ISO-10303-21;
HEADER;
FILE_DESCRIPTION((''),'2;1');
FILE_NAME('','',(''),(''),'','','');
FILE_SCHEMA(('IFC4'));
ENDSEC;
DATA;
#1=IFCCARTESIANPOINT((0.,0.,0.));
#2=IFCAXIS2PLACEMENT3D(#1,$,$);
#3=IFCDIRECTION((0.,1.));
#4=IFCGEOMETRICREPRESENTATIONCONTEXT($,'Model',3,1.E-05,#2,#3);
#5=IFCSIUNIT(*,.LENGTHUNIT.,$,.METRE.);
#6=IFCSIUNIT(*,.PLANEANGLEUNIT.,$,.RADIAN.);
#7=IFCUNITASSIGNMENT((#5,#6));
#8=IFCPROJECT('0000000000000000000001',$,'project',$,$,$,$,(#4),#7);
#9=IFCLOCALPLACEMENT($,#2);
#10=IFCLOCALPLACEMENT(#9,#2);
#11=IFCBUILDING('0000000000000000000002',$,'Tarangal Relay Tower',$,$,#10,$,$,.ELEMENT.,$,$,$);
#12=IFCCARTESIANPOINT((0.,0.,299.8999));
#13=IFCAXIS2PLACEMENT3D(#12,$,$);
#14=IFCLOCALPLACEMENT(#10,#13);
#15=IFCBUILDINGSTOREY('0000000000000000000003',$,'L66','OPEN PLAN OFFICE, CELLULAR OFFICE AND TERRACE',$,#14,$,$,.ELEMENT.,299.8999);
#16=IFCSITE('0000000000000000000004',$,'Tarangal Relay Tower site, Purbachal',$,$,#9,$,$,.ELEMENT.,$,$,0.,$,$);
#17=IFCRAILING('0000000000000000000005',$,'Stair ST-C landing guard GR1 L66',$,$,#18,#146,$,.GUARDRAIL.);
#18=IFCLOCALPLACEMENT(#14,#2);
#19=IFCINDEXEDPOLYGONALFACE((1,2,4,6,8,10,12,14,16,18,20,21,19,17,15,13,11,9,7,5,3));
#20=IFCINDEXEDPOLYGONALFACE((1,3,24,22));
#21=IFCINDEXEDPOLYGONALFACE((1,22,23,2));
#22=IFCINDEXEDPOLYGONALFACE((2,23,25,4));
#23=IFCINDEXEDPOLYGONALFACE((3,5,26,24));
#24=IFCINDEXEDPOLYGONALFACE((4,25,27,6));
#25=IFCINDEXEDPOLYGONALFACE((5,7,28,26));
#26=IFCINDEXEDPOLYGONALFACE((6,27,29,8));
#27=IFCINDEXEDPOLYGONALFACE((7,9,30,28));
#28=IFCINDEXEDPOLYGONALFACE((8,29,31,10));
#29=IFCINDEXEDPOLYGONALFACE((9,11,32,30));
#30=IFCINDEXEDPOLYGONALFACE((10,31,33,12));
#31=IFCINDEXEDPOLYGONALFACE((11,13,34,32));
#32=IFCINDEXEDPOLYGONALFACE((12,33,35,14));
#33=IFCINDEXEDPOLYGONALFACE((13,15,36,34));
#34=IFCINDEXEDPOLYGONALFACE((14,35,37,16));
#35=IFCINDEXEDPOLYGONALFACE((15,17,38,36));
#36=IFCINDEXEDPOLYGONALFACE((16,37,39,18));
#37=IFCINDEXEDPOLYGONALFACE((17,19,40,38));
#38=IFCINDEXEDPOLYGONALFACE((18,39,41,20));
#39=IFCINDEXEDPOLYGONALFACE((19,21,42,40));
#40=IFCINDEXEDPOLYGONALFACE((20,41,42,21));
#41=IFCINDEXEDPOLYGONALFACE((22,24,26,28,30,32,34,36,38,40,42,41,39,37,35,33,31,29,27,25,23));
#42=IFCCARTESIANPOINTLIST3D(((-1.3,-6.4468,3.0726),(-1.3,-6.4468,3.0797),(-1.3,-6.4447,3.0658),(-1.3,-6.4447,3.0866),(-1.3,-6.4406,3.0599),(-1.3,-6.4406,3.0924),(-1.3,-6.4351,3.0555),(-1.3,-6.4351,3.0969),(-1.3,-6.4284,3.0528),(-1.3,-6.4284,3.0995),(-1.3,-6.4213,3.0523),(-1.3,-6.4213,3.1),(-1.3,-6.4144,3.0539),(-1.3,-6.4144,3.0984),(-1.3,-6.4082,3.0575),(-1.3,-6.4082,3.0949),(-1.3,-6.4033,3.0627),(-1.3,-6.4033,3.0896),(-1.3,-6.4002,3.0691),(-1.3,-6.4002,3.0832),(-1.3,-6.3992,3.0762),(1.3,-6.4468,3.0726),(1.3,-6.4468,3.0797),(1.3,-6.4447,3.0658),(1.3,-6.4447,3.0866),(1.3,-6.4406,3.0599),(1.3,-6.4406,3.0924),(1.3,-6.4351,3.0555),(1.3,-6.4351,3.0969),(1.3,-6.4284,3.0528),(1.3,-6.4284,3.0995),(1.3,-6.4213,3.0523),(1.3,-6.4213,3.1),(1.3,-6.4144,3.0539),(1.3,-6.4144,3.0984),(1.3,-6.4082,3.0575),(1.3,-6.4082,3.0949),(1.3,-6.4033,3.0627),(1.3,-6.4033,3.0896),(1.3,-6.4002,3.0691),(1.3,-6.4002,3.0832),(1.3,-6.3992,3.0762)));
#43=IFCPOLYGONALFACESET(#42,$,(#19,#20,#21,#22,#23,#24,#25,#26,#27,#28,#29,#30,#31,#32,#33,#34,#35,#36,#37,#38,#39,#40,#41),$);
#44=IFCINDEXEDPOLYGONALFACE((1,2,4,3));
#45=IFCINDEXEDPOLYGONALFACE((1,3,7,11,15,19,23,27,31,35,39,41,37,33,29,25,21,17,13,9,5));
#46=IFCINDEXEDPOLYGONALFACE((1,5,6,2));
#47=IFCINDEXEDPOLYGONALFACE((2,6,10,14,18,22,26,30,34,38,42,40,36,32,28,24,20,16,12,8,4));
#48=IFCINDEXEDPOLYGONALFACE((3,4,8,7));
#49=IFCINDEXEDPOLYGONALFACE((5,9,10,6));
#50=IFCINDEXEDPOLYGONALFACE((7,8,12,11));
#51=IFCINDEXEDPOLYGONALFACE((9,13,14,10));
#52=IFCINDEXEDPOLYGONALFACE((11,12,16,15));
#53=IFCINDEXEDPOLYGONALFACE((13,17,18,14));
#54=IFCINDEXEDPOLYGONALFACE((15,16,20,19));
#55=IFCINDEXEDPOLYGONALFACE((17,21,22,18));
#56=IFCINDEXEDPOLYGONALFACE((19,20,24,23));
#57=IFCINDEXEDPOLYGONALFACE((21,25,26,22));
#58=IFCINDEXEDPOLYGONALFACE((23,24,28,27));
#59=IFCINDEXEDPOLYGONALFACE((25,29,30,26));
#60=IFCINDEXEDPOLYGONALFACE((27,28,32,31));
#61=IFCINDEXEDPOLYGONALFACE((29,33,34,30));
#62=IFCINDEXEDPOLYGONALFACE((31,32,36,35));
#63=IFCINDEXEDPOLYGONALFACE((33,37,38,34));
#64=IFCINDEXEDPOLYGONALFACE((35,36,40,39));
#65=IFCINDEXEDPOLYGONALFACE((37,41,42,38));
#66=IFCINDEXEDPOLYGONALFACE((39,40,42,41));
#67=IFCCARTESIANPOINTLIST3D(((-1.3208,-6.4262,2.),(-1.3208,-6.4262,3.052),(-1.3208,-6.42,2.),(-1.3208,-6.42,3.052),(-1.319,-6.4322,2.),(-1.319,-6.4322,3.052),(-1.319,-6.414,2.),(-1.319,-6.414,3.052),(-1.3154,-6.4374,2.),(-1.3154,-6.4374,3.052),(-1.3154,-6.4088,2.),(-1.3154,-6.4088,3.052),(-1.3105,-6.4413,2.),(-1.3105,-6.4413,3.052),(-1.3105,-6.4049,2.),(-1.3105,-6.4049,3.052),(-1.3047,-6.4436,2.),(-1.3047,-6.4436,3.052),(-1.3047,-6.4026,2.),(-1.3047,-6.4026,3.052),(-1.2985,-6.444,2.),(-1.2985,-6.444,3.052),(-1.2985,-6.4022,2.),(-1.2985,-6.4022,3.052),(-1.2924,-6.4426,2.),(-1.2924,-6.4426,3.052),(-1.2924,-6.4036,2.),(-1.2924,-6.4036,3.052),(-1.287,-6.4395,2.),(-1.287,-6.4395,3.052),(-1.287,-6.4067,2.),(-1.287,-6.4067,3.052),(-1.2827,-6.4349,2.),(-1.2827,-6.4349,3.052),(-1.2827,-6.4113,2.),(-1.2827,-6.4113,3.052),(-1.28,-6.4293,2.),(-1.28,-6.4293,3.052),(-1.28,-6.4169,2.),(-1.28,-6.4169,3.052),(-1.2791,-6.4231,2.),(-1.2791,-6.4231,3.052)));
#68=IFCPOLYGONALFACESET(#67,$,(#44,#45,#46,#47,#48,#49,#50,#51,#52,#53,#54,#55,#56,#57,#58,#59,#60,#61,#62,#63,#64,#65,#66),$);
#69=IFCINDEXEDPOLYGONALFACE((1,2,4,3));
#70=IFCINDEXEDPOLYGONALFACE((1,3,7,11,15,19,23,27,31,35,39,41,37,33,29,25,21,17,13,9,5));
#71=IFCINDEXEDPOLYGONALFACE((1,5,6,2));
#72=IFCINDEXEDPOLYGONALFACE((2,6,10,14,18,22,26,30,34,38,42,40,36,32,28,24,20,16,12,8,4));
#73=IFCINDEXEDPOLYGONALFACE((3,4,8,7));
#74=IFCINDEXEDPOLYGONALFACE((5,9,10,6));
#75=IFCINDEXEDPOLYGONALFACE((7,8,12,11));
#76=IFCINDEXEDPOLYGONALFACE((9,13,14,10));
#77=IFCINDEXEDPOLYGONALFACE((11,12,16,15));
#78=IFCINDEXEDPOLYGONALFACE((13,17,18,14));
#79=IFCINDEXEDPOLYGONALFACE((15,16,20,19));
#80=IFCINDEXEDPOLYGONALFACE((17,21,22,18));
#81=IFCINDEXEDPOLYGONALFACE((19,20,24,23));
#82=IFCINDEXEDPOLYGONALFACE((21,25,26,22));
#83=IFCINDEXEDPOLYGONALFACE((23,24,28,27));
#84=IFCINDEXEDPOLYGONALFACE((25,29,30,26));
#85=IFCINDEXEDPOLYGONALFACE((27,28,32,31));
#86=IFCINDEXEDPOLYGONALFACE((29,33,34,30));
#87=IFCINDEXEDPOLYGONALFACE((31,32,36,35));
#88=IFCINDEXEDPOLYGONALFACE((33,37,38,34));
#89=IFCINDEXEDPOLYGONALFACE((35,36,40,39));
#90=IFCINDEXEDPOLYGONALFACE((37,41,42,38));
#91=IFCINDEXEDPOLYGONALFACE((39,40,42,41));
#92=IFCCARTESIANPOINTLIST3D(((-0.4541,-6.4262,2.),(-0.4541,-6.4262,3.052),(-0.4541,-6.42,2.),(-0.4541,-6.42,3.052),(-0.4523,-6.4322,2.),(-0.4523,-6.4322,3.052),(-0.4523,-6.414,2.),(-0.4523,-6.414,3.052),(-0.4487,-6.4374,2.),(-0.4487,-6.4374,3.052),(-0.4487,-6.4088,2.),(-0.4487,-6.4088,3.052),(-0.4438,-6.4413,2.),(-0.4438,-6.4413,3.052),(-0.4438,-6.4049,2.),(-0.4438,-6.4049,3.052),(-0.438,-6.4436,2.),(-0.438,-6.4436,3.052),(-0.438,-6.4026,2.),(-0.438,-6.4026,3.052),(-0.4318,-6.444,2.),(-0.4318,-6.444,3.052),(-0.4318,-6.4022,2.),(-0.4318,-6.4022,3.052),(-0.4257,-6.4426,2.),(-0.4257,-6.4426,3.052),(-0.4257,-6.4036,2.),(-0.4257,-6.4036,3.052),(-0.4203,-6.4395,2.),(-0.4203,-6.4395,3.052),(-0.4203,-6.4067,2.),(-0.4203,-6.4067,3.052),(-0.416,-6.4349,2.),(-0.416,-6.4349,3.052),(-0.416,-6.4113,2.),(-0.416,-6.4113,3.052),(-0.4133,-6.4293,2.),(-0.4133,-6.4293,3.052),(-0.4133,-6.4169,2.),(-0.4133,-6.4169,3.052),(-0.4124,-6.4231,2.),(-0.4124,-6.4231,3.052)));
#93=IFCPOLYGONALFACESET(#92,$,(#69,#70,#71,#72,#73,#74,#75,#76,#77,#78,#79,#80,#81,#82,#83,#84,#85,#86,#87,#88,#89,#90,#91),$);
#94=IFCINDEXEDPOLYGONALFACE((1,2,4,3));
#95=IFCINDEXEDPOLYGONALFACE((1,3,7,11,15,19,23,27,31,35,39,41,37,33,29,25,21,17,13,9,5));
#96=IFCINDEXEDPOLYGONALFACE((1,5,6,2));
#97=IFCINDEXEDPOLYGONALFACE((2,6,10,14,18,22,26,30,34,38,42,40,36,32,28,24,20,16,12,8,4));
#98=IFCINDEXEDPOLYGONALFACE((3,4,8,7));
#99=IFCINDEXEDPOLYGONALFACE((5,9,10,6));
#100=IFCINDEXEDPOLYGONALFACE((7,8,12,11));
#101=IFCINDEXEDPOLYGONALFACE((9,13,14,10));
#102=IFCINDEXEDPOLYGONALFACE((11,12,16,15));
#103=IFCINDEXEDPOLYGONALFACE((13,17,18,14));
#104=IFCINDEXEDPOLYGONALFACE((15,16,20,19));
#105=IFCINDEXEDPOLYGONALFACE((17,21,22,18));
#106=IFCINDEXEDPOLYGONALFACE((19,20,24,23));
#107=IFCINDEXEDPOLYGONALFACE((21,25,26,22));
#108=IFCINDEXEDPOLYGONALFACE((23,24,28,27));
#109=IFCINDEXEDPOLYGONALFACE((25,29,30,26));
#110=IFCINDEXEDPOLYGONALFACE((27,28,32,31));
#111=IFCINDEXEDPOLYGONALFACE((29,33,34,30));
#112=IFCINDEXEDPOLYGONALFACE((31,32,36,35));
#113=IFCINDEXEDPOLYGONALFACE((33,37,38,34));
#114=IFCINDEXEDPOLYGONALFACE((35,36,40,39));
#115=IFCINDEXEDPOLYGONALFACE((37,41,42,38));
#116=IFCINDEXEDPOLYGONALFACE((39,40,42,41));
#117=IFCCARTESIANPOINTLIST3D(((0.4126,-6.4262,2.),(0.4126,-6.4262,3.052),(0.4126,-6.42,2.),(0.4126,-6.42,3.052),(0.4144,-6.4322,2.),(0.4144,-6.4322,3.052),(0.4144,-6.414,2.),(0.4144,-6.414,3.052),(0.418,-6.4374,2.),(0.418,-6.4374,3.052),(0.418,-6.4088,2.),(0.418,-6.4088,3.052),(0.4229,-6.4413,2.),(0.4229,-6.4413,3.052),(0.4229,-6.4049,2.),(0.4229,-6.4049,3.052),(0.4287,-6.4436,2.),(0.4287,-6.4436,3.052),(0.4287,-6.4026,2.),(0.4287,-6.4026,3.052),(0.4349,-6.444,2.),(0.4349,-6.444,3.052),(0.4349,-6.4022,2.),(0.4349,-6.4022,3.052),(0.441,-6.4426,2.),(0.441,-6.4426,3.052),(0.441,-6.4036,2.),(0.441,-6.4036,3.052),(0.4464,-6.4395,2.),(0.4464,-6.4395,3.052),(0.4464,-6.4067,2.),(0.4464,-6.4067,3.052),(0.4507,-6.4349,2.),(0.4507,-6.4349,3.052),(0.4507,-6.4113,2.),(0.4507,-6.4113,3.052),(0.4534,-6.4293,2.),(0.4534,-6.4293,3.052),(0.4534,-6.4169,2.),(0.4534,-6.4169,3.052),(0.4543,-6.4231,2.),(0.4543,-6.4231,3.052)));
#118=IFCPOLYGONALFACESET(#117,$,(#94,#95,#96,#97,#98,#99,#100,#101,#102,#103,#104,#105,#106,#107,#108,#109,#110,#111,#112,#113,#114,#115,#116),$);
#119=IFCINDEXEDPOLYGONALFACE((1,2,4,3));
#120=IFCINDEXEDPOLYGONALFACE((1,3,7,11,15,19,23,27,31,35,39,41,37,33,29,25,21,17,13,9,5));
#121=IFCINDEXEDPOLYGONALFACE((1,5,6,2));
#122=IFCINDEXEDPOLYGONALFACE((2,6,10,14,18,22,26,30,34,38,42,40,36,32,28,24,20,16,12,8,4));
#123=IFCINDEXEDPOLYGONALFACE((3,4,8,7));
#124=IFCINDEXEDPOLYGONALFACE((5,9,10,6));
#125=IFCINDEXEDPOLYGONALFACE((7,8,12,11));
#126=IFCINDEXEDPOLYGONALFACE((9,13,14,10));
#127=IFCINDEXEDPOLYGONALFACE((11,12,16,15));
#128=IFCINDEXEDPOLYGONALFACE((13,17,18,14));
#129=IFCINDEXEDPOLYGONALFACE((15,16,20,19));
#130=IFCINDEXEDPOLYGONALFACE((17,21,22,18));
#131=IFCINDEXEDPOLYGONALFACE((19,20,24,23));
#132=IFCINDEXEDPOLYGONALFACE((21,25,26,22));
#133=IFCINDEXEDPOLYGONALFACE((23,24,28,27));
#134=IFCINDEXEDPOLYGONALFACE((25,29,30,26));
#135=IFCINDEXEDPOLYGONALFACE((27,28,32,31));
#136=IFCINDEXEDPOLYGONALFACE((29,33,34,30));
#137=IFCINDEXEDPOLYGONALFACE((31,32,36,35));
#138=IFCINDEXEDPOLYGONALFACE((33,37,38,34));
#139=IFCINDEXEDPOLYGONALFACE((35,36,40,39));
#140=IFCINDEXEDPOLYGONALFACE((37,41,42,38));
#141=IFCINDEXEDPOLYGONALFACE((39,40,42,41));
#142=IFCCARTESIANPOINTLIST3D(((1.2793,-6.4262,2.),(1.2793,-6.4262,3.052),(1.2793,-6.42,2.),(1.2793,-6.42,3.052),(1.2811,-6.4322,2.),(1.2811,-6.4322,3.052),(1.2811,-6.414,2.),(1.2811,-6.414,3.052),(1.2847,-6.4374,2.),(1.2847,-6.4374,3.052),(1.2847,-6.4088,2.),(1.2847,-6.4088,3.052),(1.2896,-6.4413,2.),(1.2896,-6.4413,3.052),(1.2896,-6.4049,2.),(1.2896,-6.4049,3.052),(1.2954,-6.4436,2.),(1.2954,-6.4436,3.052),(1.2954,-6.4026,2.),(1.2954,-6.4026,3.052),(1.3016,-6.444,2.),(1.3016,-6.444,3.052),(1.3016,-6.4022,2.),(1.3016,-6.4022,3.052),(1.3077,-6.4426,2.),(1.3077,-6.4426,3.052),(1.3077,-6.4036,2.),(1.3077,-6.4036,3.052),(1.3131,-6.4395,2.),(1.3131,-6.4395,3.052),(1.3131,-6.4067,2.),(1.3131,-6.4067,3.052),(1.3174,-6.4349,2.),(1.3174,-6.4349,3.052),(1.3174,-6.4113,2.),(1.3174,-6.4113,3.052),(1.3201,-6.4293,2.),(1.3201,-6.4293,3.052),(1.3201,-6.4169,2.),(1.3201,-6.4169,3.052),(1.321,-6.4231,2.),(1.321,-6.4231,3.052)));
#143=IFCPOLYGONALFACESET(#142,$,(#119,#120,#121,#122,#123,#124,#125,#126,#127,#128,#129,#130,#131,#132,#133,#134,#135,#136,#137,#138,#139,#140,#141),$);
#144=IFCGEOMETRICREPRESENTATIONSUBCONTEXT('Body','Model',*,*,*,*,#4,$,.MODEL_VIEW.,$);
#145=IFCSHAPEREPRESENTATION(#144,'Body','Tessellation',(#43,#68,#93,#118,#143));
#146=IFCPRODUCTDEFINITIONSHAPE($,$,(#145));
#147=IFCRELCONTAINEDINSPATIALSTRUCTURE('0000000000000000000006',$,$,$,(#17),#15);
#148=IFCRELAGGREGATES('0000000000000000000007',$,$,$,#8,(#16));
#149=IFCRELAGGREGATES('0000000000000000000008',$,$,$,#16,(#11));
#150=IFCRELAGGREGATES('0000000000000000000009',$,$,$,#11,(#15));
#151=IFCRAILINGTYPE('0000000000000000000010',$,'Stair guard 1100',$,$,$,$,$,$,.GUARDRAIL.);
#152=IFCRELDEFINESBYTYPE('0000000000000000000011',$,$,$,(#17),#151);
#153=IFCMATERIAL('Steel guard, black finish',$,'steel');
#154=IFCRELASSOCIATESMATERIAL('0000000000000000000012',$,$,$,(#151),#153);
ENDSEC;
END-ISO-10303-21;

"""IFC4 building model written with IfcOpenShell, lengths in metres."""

from ifc_helpers import new_model, si_unit, direction, frame, origin, origin_2d, place, context, subcontext, project, spatial, circle, extrude, material, type_object, element, save


model = new_model("IFC4")

# Units and contexts
model_context = context("Model", 3, precision=1e-05, world=origin(), true_north=direction((0.0, 1.0)))
body_context = subcontext(model_context, "Body", "Model", "MODEL_VIEW")
ifc_project = project(units=[si_unit("LENGTHUNIT", "METRE"), si_unit("PLANEANGLEUNIT", "RADIAN")], contexts=[model_context])

# Site, building, storey
site_placement = place(None, origin())
site = spatial("IfcSite", under=ifc_project, at=site_placement, Name="Tarangal Relay Tower site, Purbachal", CompositionType="ELEMENT", RefElevation=0.0)
building_placement = place(site_placement, origin())
building = spatial("IfcBuilding", under=site, at=building_placement, Name="Tarangal Relay Tower", CompositionType="ELEMENT")
storey_placement = place(building_placement, frame((0.0, 0.0, 299.8999)))
storey = spatial("IfcBuildingStorey", under=building, at=storey_placement, Name="L66", Description="OPEN PLAN OFFICE, CELLULAR OFFICE AND TERRACE", CompositionType="ELEMENT", Elevation=299.8999)

# Railing
ifc_material_1 = material(Name="Steel guard, black finish", Category="steel")
railing_type_1 = type_object("IfcRailingType", Name="Stair guard 1100", PredefinedType="GUARDRAIL", material=ifc_material_1)
for number, where, name in (
    (1, (-1.3, -6.4231, 2.0), "Stair ST-C landing guard GR1 L66"),
):
    element("IfcRailing", number, at=place(storey_placement, frame(where)), inside=storey, type_object=railing_type_1, Name=name, PredefinedType="GUARDRAIL", context=body_context, shape_type="SweptSolid", body=[
        extrude(circle(Radius=0.0239, at=origin_2d()), frame((0.0, 0.0, 1.0762), z_axis=(1.0, 0.0, 0.0), x_axis=(0.0, 1.0, 0.0)), (0.0, 0.0, 1.0), 2.6001),
        extrude(circle(Radius=0.021, at=origin_2d()), origin(), (0.0, 0.0, 1.0), 1.052),
        extrude(circle(Radius=0.021, at=origin_2d()), frame((0.8667, 0.0, 0.0)), (0.0, 0.0, 1.0), 1.052),
        extrude(circle(Radius=0.021, at=origin_2d()), frame((1.7334, 0.0, 0.0)), (0.0, 0.0, 1.0), 1.052),
        extrude(circle(Radius=0.021, at=origin_2d()), frame((2.6001, 0.0, 0.0)), (0.0, 0.0, 1.0), 1.052),
    ])

save(model, "model.ifc")
